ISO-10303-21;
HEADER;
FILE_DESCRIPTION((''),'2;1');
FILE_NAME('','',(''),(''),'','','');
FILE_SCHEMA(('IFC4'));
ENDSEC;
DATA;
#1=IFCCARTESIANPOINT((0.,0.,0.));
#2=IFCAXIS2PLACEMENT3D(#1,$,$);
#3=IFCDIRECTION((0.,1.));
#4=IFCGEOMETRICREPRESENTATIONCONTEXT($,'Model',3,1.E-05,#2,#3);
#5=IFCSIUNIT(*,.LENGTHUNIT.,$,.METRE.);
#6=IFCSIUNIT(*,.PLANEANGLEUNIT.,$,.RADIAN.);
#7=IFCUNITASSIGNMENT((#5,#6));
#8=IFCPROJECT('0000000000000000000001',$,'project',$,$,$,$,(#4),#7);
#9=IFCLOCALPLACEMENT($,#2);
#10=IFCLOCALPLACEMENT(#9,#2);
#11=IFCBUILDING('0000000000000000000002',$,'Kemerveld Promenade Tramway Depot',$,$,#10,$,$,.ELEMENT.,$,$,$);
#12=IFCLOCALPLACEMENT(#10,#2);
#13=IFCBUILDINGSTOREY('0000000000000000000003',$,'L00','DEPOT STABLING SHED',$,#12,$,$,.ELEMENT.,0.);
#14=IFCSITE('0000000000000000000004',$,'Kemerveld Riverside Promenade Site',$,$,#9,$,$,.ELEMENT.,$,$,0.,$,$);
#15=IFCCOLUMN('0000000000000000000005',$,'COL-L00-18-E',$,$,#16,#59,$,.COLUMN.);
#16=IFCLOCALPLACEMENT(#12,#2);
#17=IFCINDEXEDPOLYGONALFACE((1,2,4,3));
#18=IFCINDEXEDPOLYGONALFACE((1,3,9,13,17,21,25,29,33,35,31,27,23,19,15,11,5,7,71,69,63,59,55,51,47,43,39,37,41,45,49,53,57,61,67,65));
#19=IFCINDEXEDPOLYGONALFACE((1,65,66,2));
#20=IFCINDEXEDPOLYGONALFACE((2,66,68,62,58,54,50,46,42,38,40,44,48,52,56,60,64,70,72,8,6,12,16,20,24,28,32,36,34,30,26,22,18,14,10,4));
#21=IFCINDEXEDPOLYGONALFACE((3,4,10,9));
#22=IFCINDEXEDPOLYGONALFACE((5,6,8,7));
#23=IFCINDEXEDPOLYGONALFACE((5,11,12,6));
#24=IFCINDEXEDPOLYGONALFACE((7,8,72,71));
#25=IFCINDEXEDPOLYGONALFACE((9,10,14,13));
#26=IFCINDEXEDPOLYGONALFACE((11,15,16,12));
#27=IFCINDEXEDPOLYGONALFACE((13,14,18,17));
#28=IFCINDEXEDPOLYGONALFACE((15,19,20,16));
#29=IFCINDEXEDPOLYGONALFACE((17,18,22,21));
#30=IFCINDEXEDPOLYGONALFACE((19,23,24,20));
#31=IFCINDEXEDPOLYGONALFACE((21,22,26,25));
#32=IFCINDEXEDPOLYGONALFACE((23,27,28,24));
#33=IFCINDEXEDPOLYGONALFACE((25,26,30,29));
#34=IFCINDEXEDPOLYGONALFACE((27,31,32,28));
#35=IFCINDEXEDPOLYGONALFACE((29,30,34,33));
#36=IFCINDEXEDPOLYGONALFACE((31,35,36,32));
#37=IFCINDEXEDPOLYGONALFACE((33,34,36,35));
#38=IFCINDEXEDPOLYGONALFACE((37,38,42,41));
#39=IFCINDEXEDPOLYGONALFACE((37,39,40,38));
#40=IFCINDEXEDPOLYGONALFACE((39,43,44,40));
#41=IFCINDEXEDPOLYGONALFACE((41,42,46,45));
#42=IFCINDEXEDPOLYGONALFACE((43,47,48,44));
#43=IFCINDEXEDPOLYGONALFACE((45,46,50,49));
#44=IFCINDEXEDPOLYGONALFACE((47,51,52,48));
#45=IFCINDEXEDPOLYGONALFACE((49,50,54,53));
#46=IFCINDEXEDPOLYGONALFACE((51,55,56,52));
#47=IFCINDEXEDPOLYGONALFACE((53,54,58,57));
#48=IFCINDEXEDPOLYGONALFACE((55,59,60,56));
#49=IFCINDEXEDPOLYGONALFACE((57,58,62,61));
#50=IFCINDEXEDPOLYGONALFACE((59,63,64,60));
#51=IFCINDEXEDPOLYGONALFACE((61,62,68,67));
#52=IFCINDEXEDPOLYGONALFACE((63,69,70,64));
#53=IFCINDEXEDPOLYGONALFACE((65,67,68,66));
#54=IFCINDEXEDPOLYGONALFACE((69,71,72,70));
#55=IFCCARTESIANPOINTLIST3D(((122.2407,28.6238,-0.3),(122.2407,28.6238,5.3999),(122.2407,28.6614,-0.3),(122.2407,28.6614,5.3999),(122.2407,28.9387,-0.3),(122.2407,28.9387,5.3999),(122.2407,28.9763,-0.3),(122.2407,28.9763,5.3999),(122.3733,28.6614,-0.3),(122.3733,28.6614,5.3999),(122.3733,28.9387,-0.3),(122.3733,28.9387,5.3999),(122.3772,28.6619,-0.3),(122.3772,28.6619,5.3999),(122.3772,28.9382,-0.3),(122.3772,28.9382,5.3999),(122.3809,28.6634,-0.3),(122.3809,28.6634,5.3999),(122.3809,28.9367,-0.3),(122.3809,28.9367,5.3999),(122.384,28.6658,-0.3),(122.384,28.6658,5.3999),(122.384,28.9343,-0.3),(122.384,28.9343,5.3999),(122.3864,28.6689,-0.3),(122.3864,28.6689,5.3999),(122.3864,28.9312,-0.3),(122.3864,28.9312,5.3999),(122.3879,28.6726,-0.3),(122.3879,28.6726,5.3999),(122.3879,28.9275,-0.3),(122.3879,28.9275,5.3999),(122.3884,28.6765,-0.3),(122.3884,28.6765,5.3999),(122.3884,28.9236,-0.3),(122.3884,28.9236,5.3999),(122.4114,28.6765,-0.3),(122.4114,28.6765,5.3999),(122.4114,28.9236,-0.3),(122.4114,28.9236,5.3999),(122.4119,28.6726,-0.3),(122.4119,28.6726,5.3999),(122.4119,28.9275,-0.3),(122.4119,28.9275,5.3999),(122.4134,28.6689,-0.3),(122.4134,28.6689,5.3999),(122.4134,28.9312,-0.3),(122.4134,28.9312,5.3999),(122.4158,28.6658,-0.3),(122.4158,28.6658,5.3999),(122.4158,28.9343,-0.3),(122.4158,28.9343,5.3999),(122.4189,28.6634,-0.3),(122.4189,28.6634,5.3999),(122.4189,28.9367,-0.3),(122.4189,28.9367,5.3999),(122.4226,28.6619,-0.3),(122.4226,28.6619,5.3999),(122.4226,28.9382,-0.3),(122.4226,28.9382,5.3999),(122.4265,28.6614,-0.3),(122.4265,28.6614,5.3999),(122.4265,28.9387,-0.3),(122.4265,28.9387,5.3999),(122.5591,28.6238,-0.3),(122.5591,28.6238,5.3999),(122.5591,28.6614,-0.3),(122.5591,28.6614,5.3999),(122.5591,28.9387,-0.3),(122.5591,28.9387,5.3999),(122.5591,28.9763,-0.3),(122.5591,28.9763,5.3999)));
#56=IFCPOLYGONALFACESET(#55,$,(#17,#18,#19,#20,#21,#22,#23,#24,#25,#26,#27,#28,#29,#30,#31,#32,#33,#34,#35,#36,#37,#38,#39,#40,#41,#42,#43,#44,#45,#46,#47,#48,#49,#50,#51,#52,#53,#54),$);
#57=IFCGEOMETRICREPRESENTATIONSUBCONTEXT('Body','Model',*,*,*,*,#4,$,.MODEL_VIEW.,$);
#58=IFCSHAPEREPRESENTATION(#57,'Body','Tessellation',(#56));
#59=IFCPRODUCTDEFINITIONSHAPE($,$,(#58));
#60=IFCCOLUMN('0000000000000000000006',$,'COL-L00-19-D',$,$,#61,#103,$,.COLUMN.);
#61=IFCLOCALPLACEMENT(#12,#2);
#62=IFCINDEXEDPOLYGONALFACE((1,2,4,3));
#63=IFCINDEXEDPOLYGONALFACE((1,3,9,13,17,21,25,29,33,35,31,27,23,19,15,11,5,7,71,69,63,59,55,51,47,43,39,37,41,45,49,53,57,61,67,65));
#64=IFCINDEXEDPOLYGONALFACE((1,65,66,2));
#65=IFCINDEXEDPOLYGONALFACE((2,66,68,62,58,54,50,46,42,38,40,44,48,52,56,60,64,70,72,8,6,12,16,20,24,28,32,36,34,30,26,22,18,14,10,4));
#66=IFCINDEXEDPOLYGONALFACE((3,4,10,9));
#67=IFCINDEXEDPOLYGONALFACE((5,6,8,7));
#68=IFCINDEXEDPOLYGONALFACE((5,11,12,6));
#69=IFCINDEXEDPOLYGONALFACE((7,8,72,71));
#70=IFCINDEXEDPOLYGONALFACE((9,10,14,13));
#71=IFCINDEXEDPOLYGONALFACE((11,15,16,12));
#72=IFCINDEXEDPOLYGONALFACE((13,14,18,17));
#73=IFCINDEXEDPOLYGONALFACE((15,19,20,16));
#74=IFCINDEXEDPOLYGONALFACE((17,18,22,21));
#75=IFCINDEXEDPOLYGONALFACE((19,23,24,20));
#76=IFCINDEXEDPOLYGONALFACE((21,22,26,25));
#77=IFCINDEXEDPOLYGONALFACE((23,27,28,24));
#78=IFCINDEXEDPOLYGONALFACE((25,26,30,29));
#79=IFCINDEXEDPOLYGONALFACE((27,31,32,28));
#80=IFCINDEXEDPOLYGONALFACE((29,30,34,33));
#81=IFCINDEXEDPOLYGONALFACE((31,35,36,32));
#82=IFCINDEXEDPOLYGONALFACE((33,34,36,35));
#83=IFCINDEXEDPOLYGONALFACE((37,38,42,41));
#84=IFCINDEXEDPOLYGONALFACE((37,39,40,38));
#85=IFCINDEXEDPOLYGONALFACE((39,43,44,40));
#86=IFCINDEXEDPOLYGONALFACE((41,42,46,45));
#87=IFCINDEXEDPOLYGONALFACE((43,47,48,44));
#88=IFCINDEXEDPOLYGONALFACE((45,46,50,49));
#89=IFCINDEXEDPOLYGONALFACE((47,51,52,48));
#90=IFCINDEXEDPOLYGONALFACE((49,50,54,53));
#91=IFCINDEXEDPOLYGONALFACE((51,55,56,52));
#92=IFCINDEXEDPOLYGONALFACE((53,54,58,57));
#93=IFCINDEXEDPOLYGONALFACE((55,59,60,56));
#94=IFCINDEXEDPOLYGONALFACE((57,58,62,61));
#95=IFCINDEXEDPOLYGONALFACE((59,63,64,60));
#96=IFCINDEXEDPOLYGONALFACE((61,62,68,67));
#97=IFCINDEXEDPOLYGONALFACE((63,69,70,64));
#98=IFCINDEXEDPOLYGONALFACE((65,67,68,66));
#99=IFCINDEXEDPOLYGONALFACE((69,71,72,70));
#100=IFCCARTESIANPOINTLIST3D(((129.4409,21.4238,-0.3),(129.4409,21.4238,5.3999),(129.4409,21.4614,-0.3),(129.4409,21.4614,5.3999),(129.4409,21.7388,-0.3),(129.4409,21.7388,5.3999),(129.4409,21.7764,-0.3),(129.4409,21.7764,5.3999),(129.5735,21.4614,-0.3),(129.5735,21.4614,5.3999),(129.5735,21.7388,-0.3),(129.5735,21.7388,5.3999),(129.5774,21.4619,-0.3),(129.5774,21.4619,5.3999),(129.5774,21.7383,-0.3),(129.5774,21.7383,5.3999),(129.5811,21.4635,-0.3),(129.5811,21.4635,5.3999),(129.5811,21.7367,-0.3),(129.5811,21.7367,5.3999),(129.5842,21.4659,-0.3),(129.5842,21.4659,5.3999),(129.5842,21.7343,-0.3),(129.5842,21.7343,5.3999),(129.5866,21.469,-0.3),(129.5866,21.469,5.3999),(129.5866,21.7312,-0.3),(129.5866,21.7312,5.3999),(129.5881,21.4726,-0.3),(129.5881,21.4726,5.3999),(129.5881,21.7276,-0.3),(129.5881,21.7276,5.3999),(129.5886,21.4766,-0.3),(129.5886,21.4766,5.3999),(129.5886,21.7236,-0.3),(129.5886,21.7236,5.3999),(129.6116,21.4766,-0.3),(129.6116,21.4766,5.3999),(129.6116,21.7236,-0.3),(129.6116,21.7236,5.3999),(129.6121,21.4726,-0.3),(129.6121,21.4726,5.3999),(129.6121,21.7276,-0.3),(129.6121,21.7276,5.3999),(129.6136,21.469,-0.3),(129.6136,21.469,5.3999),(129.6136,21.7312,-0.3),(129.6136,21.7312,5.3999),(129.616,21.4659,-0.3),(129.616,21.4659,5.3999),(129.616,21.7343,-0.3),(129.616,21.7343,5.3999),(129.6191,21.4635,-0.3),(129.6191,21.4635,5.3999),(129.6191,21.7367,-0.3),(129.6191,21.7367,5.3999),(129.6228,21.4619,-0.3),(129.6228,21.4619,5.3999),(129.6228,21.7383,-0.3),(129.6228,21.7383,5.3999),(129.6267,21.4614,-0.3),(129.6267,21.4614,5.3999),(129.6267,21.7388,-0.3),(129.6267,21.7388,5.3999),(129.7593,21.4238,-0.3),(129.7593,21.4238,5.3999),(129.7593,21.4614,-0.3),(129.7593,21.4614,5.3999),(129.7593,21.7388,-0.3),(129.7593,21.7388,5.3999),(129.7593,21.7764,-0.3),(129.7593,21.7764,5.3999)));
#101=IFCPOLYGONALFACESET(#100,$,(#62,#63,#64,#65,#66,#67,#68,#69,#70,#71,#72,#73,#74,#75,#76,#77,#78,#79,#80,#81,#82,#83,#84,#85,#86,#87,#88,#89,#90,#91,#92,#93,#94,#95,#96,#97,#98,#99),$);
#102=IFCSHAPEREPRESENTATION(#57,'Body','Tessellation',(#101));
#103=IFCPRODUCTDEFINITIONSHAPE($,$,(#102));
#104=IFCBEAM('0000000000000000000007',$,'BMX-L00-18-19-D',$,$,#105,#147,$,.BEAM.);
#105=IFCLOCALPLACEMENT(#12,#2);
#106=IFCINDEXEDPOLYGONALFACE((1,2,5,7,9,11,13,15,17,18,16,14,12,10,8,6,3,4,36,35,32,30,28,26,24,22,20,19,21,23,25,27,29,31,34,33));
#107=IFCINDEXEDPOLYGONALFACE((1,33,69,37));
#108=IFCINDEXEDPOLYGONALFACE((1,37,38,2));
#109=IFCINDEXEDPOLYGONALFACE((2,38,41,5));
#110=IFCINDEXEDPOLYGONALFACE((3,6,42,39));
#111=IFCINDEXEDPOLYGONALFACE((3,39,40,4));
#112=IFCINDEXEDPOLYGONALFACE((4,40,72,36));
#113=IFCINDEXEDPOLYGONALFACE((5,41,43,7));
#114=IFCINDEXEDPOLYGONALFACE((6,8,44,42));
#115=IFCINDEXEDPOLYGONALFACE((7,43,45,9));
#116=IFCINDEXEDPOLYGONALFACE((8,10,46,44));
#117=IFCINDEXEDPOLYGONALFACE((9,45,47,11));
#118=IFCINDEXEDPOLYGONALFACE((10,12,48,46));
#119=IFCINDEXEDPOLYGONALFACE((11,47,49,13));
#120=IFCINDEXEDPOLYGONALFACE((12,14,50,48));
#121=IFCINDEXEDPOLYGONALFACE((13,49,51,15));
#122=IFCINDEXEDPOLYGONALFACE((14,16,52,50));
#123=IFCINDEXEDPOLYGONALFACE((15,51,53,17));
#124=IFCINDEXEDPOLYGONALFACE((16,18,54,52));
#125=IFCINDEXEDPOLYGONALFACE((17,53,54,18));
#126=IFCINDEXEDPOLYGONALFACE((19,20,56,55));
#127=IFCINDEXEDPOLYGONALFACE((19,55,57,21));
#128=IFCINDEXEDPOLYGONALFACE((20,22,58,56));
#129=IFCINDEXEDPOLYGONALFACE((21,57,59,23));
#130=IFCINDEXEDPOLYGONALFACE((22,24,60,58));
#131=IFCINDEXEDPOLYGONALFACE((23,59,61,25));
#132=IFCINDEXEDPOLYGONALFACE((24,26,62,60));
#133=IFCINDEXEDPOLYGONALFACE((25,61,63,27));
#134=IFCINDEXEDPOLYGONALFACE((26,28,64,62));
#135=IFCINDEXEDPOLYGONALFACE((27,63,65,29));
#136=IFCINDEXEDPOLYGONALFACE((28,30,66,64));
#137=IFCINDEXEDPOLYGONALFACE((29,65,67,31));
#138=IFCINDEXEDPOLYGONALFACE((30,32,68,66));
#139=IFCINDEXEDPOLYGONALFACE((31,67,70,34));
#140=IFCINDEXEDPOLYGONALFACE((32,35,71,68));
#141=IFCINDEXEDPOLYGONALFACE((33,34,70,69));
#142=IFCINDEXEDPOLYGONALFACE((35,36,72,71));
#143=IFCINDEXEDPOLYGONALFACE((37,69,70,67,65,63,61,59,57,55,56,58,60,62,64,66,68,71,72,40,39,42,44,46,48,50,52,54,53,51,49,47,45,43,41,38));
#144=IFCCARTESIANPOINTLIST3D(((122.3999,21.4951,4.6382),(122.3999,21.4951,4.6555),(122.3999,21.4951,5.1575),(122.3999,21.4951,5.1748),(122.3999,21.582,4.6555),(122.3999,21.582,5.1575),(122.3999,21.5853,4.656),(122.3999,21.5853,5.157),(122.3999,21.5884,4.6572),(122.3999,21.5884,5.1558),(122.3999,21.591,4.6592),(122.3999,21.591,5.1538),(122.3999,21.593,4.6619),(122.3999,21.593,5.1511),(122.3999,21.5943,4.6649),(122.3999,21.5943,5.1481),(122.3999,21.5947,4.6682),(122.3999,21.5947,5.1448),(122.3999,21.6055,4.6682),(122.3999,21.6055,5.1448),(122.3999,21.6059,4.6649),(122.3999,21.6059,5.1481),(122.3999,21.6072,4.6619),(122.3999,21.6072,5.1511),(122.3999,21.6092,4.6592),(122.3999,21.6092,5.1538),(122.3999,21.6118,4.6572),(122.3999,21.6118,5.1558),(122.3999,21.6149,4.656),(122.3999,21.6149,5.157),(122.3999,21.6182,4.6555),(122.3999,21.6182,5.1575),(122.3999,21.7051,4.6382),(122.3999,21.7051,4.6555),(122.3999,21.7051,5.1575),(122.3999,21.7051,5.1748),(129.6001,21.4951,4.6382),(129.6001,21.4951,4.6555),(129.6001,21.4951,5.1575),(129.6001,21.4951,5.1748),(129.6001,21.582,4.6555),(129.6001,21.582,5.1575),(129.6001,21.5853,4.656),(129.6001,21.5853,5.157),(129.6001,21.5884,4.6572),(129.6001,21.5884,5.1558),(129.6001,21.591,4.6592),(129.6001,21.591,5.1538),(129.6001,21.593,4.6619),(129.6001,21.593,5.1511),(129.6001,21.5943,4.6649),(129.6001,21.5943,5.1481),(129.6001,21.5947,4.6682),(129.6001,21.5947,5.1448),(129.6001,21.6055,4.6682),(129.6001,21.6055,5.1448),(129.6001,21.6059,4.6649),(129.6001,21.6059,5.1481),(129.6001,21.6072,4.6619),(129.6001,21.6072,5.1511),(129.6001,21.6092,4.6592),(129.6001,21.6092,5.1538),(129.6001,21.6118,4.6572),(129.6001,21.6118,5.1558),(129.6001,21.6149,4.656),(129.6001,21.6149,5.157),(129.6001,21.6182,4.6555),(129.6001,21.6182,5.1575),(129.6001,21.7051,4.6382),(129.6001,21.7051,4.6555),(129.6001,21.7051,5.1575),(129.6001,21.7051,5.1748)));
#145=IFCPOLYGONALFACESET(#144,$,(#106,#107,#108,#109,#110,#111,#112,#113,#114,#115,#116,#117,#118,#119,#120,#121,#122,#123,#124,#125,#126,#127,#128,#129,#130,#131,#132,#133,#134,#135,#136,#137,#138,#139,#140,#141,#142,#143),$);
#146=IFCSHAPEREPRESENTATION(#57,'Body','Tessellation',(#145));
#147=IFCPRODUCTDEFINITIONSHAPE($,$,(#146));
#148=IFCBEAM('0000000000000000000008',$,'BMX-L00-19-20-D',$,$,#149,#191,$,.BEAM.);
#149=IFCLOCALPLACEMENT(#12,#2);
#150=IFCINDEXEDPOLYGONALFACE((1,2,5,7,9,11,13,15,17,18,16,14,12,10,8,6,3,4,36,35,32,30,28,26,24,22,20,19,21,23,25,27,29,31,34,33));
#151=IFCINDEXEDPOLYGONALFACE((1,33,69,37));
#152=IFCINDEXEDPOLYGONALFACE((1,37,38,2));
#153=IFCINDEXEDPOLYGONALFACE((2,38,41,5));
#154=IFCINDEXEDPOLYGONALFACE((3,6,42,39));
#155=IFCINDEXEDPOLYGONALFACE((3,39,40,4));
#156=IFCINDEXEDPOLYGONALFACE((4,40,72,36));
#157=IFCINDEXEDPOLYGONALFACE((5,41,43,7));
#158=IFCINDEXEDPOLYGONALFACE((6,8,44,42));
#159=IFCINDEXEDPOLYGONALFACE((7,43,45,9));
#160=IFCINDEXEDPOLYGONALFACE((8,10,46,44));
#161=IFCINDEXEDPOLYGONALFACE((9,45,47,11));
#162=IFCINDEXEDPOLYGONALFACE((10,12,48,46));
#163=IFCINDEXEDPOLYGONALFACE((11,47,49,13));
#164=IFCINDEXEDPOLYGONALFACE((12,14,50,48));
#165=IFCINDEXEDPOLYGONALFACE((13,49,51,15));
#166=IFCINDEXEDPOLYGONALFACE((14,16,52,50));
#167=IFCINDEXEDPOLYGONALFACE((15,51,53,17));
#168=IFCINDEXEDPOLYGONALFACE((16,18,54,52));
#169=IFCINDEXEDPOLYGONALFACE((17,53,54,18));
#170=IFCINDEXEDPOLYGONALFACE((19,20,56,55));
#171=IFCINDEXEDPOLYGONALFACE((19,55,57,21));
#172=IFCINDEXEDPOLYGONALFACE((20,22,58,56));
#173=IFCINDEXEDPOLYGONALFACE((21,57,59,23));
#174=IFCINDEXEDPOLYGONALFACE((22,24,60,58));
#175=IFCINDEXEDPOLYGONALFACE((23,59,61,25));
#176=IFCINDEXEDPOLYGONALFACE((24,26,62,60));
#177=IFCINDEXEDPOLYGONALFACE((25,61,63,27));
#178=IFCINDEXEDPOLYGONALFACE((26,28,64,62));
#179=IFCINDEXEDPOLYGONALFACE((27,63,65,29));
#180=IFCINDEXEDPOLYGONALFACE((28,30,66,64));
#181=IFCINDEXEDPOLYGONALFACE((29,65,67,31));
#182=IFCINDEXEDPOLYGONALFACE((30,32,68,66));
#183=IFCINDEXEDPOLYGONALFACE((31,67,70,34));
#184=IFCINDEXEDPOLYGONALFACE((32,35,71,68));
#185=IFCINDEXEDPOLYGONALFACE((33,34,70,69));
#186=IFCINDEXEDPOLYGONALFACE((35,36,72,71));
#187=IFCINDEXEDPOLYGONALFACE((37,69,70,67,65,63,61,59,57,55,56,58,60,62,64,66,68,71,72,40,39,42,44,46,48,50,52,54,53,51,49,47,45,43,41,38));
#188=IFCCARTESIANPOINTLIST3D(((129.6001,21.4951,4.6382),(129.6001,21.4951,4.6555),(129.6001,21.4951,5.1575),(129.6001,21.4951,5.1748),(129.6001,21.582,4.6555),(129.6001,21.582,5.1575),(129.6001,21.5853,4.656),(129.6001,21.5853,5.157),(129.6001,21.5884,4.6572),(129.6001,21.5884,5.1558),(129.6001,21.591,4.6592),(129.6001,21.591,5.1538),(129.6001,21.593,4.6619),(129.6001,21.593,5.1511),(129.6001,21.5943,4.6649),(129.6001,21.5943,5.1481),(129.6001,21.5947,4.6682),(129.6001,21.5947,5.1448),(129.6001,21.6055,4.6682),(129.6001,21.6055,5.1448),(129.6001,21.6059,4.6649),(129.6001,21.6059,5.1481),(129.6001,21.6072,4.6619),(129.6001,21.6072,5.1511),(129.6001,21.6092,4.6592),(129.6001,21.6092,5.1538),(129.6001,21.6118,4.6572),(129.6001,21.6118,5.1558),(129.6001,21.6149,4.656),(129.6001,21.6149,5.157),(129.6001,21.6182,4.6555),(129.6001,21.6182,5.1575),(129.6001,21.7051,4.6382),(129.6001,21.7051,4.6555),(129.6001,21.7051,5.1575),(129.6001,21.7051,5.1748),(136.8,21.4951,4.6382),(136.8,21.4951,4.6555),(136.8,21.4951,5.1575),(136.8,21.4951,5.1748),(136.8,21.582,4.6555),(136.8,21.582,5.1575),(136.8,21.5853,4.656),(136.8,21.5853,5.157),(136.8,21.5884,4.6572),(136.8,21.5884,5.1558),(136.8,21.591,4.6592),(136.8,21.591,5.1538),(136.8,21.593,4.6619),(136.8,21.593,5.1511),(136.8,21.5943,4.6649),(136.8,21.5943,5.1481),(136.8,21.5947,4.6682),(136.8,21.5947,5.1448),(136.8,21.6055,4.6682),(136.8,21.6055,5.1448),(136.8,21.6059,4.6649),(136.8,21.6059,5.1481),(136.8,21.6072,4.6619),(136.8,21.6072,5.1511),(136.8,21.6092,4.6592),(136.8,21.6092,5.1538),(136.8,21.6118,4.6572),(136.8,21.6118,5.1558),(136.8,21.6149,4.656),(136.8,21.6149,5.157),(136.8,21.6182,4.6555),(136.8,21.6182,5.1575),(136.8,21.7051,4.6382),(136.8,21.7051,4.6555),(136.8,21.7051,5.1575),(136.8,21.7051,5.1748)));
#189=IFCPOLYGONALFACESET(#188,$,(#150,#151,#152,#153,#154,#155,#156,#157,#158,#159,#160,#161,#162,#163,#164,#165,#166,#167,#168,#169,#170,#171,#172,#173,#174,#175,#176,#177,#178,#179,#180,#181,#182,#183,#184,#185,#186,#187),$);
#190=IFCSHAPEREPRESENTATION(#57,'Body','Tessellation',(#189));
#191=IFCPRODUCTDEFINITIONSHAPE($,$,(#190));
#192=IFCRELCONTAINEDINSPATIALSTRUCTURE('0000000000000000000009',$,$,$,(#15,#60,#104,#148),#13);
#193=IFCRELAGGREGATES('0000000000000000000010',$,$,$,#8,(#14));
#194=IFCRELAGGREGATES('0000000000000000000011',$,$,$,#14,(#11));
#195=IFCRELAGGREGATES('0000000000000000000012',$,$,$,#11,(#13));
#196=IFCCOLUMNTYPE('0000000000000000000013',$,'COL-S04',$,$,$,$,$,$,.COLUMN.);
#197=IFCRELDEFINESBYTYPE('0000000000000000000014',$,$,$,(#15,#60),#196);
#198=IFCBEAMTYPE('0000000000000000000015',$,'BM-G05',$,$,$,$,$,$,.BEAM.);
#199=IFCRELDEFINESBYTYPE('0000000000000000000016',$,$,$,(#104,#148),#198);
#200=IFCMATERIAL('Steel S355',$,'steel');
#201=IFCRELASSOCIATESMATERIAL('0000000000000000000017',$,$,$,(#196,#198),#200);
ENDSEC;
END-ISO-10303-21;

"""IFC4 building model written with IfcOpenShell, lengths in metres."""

from ifc_helpers import new_model, si_unit, direction, frame, origin, origin_2d, place, context, subcontext, project, spatial, i_section, extrude, material, material_profile, profile_set, type_object, element, save


model = new_model("IFC4")

# Units and contexts
model_context = context("Model", 3, precision=1e-05, world=origin(), true_north=direction((0.0, 1.0)))
body_context = subcontext(model_context, "Body", "Model", "MODEL_VIEW")
ifc_project = project(units=[si_unit("LENGTHUNIT", "METRE"), si_unit("PLANEANGLEUNIT", "RADIAN")], contexts=[model_context])

# Site, building, storey
site_placement = place(None, origin())
site = spatial("IfcSite", under=ifc_project, at=site_placement, Name="Kemerveld Riverside Promenade Site", CompositionType="ELEMENT", RefElevation=0.0)
building_placement = place(site_placement, origin())
building = spatial("IfcBuilding", under=site, at=building_placement, Name="Kemerveld Promenade Tramway Depot", CompositionType="ELEMENT")
storey_placement = place(building_placement, origin())
storey = spatial("IfcBuildingStorey", under=building, at=storey_placement, Name="L00", Description="DEPOT STABLING SHED", CompositionType="ELEMENT", Elevation=0.0)

# Columns
ifc_material_1 = material(Name="Steel S355", Category="steel")
ifc_material_profile_1 = material_profile(ifc_material_1, i_section(OverallWidth=0.3184, OverallDepth=0.3525, WebThickness=0.0229, FlangeThickness=0.0376, FilletRadius=0.0151, at=origin_2d()), Name="305x305x240 UC")
ifc_profile_set_1 = profile_set([ifc_material_profile_1], Name="Steel S355")
column_type = type_object("IfcColumnType", Name="COL-S04", PredefinedType="COLUMN", material=ifc_profile_set_1)
for number, where, z_axis, x_axis, name in (
    (1, (122.3999, 28.8, -0.3), (0.0, 0.0, 1.0), (1.0, 0.0, 0.0), "COL-L00-18-E"),
    (2, (129.6001, 21.6001, -0.3), (0.0, 0.0, 1.0), (1.0, 0.0, 0.0), "COL-L00-19-D"),
):
    element("IfcColumn", number, at=place(storey_placement, frame(where, z_axis=z_axis, x_axis=x_axis)), inside=storey, type_object=column_type, Name=name, PredefinedType="COLUMN", context=body_context, shape_type="SweptSolid", body=[
        extrude(i_section(OverallWidth=0.3184, OverallDepth=0.3525, WebThickness=0.0229, FlangeThickness=0.0376, FilletRadius=0.0151, at=origin_2d()), origin(), (0.0, 0.0, 1.0), 5.7),
    ])

# Beams
ifc_material_profile_2 = material_profile(ifc_material_1, i_section(OverallWidth=0.21, OverallDepth=0.5366, WebThickness=0.0107, FlangeThickness=0.0173, FilletRadius=0.0127, at=origin_2d()), Name="533x210x101 UB")
ifc_profile_set_2 = profile_set([ifc_material_profile_2], Name="Steel S355")
beam_type_1 = type_object("IfcBeamType", Name="BM-G05", PredefinedType="BEAM", material=ifc_profile_set_2)
beam_1_placement = place(storey_placement, frame((122.3999, 21.6001, 4.9065), z_axis=(1.0, 0.0, 0.0), x_axis=(0.0, 1.0, 0.0)))
element("IfcBeam", 3, at=beam_1_placement, inside=storey, type_object=beam_type_1, Name="BMX-L00-18-19-D", PredefinedType="BEAM", context=body_context, shape_type="SweptSolid", body=[
    extrude(i_section(OverallWidth=0.21, OverallDepth=0.5366, WebThickness=0.0107, FlangeThickness=0.0173, FilletRadius=0.0127, at=origin_2d()), origin(), (0.0, 0.0, 1.0), 7.2002),
])
beam_2_placement = place(storey_placement, frame((129.6001, 21.6001, 4.9065), z_axis=(1.0, 0.0, 0.0), x_axis=(0.0, 1.0, 0.0)))
element("IfcBeam", 4, at=beam_2_placement, inside=storey, type_object=beam_type_1, Name="BMX-L00-19-20-D", PredefinedType="BEAM", context=body_context, shape_type="SweptSolid", body=[
    extrude(i_section(OverallWidth=0.21, OverallDepth=0.5366, WebThickness=0.0107, FlangeThickness=0.0173, FilletRadius=0.0127, at=origin_2d()), origin(), (0.0, 0.0, 1.0), 7.2),
])

save(model, "model.ifc")
